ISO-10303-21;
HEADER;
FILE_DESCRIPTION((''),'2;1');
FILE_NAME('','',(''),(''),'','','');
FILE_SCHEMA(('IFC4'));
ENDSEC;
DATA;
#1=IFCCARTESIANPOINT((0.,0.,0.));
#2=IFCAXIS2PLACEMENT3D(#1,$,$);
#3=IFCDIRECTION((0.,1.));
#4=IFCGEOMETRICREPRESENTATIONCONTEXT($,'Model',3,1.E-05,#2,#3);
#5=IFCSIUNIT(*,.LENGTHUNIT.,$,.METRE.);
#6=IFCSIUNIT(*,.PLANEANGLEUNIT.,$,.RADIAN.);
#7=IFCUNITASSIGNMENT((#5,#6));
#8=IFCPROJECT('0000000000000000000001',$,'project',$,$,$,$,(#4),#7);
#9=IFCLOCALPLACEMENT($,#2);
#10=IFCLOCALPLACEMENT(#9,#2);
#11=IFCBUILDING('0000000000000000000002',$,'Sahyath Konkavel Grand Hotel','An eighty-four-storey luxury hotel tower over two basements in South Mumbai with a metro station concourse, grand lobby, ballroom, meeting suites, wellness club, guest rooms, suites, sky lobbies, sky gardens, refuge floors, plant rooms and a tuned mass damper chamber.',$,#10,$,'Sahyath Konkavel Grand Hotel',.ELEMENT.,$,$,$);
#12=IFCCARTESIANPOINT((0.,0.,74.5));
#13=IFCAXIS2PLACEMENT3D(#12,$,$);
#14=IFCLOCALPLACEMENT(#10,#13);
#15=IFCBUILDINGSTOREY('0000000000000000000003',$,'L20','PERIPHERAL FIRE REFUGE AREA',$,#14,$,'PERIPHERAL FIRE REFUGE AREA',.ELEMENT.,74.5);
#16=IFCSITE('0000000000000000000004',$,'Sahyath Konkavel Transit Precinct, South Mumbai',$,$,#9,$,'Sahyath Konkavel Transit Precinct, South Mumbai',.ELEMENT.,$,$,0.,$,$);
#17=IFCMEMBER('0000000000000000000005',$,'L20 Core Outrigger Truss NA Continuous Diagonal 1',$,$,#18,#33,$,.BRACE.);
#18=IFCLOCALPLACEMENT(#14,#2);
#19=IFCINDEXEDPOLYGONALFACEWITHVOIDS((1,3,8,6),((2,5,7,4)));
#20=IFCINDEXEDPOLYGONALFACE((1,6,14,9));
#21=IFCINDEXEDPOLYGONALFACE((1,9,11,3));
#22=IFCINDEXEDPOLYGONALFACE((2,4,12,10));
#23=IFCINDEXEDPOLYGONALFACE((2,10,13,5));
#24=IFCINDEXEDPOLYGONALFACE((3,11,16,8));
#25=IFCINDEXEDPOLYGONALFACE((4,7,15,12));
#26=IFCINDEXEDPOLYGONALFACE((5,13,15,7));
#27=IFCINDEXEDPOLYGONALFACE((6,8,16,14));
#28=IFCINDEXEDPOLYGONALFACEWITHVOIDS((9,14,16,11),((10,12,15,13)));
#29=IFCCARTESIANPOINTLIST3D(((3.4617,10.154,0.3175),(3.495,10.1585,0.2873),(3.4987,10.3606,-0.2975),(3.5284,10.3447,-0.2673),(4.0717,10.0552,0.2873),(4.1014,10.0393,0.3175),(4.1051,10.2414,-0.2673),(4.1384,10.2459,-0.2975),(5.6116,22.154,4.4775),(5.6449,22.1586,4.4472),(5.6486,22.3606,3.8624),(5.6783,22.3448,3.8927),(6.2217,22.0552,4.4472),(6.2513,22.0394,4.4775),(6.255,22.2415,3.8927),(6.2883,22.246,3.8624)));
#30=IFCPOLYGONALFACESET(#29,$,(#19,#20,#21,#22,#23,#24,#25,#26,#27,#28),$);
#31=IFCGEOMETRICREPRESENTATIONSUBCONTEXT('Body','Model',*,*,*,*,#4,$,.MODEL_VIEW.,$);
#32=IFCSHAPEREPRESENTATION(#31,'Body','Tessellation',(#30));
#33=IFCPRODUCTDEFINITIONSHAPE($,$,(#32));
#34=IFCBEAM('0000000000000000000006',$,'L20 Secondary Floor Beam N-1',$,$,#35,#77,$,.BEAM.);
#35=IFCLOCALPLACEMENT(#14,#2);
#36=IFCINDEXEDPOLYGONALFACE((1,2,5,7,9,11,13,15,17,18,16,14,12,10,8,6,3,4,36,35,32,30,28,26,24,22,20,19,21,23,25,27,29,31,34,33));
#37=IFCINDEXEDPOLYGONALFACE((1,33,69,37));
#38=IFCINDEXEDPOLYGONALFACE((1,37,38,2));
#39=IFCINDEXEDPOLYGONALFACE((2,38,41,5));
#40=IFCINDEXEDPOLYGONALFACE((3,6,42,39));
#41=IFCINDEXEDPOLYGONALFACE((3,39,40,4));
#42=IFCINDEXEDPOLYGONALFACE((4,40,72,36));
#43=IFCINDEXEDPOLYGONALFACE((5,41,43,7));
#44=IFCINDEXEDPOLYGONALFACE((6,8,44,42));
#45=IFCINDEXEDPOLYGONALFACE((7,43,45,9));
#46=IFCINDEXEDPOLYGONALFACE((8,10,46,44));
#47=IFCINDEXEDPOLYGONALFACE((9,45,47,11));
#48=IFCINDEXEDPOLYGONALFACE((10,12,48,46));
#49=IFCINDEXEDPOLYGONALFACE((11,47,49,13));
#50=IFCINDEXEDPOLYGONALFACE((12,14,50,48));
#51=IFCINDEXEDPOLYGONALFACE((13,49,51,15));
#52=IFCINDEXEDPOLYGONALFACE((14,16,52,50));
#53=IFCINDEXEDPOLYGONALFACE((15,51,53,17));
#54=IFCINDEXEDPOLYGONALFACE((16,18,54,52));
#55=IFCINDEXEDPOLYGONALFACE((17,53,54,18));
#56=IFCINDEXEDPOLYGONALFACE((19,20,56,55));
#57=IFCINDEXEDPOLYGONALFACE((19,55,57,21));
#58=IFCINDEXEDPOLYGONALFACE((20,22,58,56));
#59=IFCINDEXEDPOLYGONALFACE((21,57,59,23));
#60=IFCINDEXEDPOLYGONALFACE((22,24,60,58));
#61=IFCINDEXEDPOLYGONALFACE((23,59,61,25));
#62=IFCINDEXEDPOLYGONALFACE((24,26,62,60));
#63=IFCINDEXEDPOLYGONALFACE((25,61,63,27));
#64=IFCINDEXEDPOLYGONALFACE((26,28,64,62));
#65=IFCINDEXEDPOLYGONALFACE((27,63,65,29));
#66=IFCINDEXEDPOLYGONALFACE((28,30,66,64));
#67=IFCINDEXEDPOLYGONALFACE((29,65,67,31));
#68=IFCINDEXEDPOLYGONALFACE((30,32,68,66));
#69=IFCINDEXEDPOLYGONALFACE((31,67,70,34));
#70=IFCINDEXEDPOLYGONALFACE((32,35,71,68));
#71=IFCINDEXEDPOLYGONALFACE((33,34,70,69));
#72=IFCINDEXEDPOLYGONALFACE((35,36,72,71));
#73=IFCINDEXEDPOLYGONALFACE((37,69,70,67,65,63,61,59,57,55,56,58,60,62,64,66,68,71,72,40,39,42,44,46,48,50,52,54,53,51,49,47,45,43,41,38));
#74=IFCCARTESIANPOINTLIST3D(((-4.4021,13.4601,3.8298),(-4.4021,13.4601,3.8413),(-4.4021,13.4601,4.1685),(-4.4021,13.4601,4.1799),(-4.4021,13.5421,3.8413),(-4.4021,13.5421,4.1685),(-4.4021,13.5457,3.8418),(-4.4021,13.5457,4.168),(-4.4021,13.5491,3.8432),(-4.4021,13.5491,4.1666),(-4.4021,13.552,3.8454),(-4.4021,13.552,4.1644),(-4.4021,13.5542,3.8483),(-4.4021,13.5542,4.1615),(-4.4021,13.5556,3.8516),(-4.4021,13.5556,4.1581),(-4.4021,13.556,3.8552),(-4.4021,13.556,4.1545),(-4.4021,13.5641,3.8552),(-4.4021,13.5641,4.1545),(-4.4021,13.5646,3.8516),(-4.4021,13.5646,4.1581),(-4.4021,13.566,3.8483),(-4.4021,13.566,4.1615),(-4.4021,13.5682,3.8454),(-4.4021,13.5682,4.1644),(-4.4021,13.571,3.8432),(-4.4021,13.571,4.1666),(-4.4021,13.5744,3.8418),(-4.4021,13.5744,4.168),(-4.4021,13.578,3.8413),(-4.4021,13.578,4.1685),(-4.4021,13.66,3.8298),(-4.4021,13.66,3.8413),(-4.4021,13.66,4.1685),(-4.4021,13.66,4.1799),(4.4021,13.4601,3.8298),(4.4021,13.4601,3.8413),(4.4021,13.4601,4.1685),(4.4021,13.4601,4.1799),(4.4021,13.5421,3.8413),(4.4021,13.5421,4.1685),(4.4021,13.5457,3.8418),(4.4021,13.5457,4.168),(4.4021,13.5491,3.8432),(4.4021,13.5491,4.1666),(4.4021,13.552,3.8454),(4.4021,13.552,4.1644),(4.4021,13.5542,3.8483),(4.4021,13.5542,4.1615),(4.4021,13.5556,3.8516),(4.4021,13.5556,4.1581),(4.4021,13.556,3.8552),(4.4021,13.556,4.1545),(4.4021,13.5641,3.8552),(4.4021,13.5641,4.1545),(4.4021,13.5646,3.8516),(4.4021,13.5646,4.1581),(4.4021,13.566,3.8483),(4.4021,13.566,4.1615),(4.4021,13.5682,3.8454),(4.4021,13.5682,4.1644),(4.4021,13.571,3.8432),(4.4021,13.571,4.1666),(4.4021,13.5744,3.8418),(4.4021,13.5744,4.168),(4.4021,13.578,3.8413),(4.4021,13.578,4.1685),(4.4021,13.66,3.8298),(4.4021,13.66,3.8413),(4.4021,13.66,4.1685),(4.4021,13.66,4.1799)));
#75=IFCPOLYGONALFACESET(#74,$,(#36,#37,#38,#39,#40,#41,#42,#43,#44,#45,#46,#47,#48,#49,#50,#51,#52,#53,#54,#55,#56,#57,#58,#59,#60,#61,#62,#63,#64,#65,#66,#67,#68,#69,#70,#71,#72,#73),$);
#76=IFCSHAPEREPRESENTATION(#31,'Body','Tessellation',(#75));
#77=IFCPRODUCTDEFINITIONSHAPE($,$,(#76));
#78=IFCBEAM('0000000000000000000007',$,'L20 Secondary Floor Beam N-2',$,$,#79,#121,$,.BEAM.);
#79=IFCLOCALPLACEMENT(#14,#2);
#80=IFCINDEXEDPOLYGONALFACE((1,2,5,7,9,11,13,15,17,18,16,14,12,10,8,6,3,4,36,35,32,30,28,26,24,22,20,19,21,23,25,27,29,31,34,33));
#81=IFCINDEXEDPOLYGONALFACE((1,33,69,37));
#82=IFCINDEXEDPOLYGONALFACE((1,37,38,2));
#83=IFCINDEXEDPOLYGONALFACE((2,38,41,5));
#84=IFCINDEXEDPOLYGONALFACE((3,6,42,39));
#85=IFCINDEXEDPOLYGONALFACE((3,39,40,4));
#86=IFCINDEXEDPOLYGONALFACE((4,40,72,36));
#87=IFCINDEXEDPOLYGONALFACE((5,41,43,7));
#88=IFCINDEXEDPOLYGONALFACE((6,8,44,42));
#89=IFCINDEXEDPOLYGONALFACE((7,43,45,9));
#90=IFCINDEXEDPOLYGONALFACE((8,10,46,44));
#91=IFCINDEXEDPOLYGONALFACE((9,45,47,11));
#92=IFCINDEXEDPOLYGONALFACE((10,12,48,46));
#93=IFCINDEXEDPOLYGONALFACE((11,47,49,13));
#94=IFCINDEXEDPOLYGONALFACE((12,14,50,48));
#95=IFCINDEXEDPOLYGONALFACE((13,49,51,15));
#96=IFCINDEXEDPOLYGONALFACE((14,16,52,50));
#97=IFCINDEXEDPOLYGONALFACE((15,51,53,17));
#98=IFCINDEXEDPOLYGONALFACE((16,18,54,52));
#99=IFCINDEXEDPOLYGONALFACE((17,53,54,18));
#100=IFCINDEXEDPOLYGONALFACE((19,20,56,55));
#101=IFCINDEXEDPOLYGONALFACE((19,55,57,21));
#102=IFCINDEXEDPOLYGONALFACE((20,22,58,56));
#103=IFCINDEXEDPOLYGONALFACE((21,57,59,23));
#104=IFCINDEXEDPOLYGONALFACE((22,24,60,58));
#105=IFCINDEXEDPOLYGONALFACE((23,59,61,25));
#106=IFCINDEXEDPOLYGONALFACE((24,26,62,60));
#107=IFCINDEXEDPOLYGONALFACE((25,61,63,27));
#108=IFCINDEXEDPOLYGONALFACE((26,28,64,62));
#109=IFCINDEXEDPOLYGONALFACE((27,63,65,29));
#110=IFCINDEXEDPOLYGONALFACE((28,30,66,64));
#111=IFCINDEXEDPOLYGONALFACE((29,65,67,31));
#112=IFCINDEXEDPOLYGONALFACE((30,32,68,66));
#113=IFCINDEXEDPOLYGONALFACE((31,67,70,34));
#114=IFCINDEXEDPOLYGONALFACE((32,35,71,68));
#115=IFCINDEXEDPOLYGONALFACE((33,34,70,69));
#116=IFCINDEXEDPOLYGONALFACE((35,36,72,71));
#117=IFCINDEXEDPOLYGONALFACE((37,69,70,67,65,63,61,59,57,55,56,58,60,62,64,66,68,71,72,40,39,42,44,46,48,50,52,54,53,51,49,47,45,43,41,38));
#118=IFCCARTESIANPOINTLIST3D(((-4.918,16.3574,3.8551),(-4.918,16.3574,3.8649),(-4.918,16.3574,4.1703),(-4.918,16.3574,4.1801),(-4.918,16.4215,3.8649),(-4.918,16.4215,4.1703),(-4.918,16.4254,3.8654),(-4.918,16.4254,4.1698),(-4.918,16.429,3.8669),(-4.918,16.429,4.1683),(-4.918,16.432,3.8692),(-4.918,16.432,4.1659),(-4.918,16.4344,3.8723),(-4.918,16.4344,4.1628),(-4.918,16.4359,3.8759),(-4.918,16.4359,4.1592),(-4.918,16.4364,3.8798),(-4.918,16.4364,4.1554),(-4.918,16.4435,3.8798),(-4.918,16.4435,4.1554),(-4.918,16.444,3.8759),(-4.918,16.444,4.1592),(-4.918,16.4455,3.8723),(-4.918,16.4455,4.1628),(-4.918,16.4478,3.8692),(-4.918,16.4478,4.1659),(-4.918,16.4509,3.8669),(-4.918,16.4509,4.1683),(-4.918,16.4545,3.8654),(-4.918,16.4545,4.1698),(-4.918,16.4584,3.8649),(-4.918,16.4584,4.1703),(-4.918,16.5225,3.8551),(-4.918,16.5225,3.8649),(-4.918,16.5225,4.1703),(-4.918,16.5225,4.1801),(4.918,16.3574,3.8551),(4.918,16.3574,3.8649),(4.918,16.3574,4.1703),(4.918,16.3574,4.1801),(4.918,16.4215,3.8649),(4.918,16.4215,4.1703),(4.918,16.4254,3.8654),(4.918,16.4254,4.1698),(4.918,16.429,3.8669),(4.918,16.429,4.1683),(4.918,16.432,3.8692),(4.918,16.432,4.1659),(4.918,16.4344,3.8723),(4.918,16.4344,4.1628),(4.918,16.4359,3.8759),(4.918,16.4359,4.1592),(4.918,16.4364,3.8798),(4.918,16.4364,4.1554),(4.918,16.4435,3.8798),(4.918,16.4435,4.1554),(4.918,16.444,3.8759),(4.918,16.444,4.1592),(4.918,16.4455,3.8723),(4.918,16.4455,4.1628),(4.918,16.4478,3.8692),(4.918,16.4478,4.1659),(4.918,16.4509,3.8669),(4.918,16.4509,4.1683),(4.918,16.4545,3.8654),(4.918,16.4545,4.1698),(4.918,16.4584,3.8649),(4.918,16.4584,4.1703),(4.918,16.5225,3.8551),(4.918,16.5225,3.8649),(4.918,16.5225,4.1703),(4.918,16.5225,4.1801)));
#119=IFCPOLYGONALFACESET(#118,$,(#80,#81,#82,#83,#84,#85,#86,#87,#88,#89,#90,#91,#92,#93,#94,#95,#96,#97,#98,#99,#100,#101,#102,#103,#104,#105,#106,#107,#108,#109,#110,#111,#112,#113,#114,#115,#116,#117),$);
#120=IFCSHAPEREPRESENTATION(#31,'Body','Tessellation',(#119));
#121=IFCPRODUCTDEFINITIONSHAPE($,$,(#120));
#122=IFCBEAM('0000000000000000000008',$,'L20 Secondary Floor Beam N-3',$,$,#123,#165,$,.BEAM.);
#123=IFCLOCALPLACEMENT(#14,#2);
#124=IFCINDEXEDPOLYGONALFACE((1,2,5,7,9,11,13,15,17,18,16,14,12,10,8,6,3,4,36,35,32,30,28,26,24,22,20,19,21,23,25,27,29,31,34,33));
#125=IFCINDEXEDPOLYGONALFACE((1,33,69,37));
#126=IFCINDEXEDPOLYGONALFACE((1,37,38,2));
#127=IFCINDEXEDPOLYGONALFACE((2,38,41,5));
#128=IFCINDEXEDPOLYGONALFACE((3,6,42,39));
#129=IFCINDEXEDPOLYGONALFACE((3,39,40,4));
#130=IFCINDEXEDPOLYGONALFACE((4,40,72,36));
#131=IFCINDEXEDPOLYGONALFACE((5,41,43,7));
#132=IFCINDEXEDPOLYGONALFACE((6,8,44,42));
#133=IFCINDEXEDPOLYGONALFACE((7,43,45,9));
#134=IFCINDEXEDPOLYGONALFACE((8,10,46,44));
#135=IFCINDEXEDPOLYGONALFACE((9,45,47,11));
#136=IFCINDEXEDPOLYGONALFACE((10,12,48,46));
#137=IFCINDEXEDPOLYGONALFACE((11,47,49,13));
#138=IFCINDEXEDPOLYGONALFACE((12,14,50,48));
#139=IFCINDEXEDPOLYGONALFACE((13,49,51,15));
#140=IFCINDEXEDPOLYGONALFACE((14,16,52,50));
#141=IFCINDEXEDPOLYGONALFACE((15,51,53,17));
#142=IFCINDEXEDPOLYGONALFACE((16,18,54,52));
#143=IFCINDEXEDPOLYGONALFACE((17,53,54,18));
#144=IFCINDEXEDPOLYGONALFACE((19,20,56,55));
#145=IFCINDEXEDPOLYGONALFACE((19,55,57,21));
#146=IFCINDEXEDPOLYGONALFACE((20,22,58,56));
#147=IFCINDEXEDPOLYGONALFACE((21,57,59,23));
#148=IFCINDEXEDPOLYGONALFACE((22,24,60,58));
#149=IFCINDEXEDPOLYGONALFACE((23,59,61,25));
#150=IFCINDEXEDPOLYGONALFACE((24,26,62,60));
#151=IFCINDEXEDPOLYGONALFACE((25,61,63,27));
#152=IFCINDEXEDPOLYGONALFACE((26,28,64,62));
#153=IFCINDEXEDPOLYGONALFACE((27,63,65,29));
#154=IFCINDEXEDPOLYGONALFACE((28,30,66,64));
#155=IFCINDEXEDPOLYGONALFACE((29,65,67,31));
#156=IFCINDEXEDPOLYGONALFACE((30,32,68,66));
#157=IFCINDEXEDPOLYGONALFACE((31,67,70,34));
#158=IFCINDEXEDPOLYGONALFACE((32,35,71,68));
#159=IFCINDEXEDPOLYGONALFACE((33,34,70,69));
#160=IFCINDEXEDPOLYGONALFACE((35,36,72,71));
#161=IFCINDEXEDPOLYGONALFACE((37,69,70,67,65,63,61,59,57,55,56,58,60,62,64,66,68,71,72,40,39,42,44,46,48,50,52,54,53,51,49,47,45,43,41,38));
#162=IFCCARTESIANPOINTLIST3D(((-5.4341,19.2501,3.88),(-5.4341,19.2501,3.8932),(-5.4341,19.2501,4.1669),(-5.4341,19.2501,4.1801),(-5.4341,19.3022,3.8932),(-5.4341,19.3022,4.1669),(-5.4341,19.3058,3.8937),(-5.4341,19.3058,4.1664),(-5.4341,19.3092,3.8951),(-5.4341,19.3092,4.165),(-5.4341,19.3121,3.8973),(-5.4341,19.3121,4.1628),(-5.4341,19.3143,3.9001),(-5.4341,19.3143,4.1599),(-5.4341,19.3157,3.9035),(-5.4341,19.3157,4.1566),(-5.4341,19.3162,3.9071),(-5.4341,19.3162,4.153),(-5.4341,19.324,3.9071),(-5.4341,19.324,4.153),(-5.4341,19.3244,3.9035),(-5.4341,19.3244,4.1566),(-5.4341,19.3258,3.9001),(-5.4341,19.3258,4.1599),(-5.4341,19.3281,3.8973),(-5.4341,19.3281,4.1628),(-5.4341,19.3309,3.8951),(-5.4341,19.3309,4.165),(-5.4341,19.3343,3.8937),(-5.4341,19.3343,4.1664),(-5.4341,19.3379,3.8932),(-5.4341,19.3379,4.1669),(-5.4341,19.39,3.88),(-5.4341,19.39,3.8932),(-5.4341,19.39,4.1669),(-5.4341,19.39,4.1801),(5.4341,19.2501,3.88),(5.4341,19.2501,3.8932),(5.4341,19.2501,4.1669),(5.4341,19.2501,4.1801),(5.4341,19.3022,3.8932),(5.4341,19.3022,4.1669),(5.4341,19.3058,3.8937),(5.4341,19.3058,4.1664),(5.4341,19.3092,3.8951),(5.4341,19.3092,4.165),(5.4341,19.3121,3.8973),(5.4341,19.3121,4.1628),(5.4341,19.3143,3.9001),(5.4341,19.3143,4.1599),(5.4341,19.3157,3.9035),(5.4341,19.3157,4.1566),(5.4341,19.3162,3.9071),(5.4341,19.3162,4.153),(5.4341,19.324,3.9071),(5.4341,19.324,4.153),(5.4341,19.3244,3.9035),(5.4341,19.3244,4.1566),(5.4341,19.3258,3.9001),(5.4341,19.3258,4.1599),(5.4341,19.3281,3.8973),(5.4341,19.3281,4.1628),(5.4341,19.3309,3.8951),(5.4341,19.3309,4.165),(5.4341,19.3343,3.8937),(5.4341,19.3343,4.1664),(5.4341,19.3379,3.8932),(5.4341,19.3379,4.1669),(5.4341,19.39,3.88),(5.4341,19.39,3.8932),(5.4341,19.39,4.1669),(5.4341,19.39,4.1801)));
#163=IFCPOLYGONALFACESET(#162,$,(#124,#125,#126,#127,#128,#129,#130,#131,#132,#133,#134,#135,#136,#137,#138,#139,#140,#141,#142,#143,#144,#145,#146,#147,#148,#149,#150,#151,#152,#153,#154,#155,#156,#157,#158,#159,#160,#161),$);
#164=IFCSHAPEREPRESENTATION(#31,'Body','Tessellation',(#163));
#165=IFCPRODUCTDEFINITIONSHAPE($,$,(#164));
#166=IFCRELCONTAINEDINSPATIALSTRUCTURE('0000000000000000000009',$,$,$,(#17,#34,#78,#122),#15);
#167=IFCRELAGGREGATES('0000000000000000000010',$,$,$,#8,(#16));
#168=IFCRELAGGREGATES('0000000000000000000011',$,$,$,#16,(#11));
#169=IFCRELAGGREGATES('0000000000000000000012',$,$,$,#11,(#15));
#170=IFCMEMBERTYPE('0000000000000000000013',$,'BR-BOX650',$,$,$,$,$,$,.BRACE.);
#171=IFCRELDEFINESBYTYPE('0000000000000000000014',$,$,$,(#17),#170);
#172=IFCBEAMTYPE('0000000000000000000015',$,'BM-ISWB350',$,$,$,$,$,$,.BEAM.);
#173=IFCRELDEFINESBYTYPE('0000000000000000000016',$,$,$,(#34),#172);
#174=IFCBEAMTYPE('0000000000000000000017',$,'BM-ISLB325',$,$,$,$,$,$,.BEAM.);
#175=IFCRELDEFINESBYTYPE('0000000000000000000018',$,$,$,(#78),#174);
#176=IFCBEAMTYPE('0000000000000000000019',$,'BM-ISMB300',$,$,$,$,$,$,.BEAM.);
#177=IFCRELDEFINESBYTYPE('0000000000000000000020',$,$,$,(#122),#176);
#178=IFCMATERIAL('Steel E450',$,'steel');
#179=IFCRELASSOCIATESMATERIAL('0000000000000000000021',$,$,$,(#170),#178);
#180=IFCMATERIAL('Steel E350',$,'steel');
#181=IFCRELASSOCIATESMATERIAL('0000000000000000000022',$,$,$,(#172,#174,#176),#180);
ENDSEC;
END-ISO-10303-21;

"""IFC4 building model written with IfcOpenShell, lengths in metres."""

from ifc_helpers import new_model, si_unit, direction, frame, origin, origin_2d, place, context, subcontext, project, spatial, hollow_rectangle, i_section, extrude, source, transform, mapped, material, material_profile, profile_set, type_object, element, save


model = new_model("IFC4")

# Units and contexts
model_context = context("Model", 3, precision=1e-05, world=origin(), true_north=direction((0.0, 1.0)))
body_context = subcontext(model_context, "Body", "Model", "MODEL_VIEW")
ifc_project = project(units=[si_unit("LENGTHUNIT", "METRE"), si_unit("PLANEANGLEUNIT", "RADIAN")], contexts=[model_context])

# Site, building, storey
site_placement = place(None, origin())
site = spatial("IfcSite", under=ifc_project, at=site_placement, Name="Sahyath Konkavel Transit Precinct, South Mumbai", LongName="Sahyath Konkavel Transit Precinct, South Mumbai", CompositionType="ELEMENT", RefElevation=0.0)
building_placement = place(site_placement, origin())
building = spatial("IfcBuilding", under=site, at=building_placement, Name="Sahyath Konkavel Grand Hotel", Description="An eighty-four-storey luxury hotel tower over two basements in South Mumbai with a metro station concourse, grand lobby, ballroom, meeting suites, wellness club, guest rooms, suites, sky lobbies, sky gardens, refuge floors, plant rooms and a tuned mass damper chamber.", LongName="Sahyath Konkavel Grand Hotel", CompositionType="ELEMENT")
storey_placement = place(building_placement, frame((0.0, 0.0, 74.5)))
storey = spatial("IfcBuildingStorey", under=building, at=storey_placement, Name="L20", Description="PERIPHERAL FIRE REFUGE AREA", LongName="PERIPHERAL FIRE REFUGE AREA", CompositionType="ELEMENT", Elevation=74.5)

# Member
ifc_material_1 = material(Name="Steel E450", Category="steel")
ifc_material_profile_1 = material_profile(ifc_material_1, hollow_rectangle(XDim=0.6499, YDim=0.6499, WallThickness=0.032, at=origin_2d()), Name="BOX 650x650x32")
ifc_profile_set_1 = profile_set([ifc_material_profile_1], Name="Steel E450")
member_type_1 = type_object("IfcMemberType", Name="BR-BOX650", PredefinedType="BRACE", material=ifc_profile_set_1)
shared_shape_1 = source(origin(), body_context, "Body", "SweptSolid", [
    extrude(hollow_rectangle(XDim=0.6499, YDim=0.6499, WallThickness=0.032, at=origin_2d()), origin(), (0.0, 0.0, 1.0), 12.8813),
])
member_1_placement = place(storey_placement, frame((3.8, 10.2, 0.01), z_axis=(0.166902, 0.931586, 0.322943), x_axis=(-0.984327, 0.176351, 0.0)))
element("IfcMember", 1, at=member_1_placement, inside=storey, type_object=member_type_1, Name="L20 Core Outrigger Truss NA Continuous Diagonal 1", PredefinedType="BRACE", context=body_context, shape_type="MappedRepresentation", body=[
    mapped(shared_shape_1, transform((0.0, 0.0, 0.0), scale=1.0)),
])

# Beams
ifc_material_2 = material(Name="Steel E350", Category="steel")
ifc_material_profile_2 = material_profile(ifc_material_2, i_section(OverallWidth=0.2, OverallDepth=0.3501, WebThickness=0.0081, FlangeThickness=0.0115, FilletRadius=0.0139, at=origin_2d()), Name="ISWB 350")
ifc_profile_set_2 = profile_set([ifc_material_profile_2], Name="Steel E350")
beam_type_1 = type_object("IfcBeamType", Name="BM-ISWB350", PredefinedType="BEAM", material=ifc_profile_set_2)
shared_shape_2 = source(origin(), body_context, "Body", "SweptSolid", [
    extrude(i_section(OverallWidth=0.2, OverallDepth=0.3501, WebThickness=0.0081, FlangeThickness=0.0115, FilletRadius=0.0139, at=origin_2d()), origin(), (0.0, 0.0, 1.0), 8.8042),
])
beam_1_placement = place(storey_placement, frame((4.4021, 13.5601, 4.0049), z_axis=(-1.0, 0.0, 0.0), x_axis=(0.0, -1.0, 0.0)))
element("IfcBeam", 2, at=beam_1_placement, inside=storey, type_object=beam_type_1, Name="L20 Secondary Floor Beam N-1", PredefinedType="BEAM", context=body_context, shape_type="MappedRepresentation", body=[
    mapped(shared_shape_2, transform((0.0, 0.0, 0.0), scale=1.0)),
])
ifc_material_profile_3 = material_profile(ifc_material_2, i_section(OverallWidth=0.165, OverallDepth=0.325, WebThickness=0.0071, FlangeThickness=0.0098, FilletRadius=0.0149, at=origin_2d()), Name="ISLB 325")
ifc_profile_set_3 = profile_set([ifc_material_profile_3], Name="Steel E350")
beam_type_2 = type_object("IfcBeamType", Name="BM-ISLB325", PredefinedType="BEAM", material=ifc_profile_set_3)
shared_shape_3 = source(origin(), body_context, "Body", "SweptSolid", [
    extrude(i_section(OverallWidth=0.165, OverallDepth=0.325, WebThickness=0.0071, FlangeThickness=0.0098, FilletRadius=0.0149, at=origin_2d()), origin(), (0.0, 0.0, 1.0), 9.8359),
])
beam_2_placement = place(storey_placement, frame((4.918, 16.4399, 4.0176), z_axis=(-1.0, 0.0, 0.0), x_axis=(0.0, -1.0, 0.0)))
element("IfcBeam", 3, at=beam_2_placement, inside=storey, type_object=beam_type_2, Name="L20 Secondary Floor Beam N-2", PredefinedType="BEAM", context=body_context, shape_type="MappedRepresentation", body=[
    mapped(shared_shape_3, transform((0.0, 0.0, 0.0), scale=1.0)),
])
ifc_material_profile_4 = material_profile(ifc_material_2, i_section(OverallWidth=0.1399, OverallDepth=0.3, WebThickness=0.0078, FlangeThickness=0.0132, FilletRadius=0.0139, at=origin_2d()), Name="ISMB 300")
ifc_profile_set_4 = profile_set([ifc_material_profile_4], Name="Steel E350")
beam_type_3 = type_object("IfcBeamType", Name="BM-ISMB300", PredefinedType="BEAM", material=ifc_profile_set_4)
shared_shape_4 = source(origin(), body_context, "Body", "SweptSolid", [
    extrude(i_section(OverallWidth=0.1399, OverallDepth=0.3, WebThickness=0.0078, FlangeThickness=0.0132, FilletRadius=0.0139, at=origin_2d()), origin(), (0.0, 0.0, 1.0), 10.8682),
])
beam_3_placement = place(storey_placement, frame((5.4341, 19.3201, 4.03), z_axis=(-1.0, 0.0, 0.0), x_axis=(0.0, -1.0, 0.0)))
element("IfcBeam", 4, at=beam_3_placement, inside=storey, type_object=beam_type_3, Name="L20 Secondary Floor Beam N-3", PredefinedType="BEAM", context=body_context, shape_type="MappedRepresentation", body=[
    mapped(shared_shape_4, transform((0.0, 0.0, 0.0), scale=1.0)),
])

save(model, "model.ifc")
